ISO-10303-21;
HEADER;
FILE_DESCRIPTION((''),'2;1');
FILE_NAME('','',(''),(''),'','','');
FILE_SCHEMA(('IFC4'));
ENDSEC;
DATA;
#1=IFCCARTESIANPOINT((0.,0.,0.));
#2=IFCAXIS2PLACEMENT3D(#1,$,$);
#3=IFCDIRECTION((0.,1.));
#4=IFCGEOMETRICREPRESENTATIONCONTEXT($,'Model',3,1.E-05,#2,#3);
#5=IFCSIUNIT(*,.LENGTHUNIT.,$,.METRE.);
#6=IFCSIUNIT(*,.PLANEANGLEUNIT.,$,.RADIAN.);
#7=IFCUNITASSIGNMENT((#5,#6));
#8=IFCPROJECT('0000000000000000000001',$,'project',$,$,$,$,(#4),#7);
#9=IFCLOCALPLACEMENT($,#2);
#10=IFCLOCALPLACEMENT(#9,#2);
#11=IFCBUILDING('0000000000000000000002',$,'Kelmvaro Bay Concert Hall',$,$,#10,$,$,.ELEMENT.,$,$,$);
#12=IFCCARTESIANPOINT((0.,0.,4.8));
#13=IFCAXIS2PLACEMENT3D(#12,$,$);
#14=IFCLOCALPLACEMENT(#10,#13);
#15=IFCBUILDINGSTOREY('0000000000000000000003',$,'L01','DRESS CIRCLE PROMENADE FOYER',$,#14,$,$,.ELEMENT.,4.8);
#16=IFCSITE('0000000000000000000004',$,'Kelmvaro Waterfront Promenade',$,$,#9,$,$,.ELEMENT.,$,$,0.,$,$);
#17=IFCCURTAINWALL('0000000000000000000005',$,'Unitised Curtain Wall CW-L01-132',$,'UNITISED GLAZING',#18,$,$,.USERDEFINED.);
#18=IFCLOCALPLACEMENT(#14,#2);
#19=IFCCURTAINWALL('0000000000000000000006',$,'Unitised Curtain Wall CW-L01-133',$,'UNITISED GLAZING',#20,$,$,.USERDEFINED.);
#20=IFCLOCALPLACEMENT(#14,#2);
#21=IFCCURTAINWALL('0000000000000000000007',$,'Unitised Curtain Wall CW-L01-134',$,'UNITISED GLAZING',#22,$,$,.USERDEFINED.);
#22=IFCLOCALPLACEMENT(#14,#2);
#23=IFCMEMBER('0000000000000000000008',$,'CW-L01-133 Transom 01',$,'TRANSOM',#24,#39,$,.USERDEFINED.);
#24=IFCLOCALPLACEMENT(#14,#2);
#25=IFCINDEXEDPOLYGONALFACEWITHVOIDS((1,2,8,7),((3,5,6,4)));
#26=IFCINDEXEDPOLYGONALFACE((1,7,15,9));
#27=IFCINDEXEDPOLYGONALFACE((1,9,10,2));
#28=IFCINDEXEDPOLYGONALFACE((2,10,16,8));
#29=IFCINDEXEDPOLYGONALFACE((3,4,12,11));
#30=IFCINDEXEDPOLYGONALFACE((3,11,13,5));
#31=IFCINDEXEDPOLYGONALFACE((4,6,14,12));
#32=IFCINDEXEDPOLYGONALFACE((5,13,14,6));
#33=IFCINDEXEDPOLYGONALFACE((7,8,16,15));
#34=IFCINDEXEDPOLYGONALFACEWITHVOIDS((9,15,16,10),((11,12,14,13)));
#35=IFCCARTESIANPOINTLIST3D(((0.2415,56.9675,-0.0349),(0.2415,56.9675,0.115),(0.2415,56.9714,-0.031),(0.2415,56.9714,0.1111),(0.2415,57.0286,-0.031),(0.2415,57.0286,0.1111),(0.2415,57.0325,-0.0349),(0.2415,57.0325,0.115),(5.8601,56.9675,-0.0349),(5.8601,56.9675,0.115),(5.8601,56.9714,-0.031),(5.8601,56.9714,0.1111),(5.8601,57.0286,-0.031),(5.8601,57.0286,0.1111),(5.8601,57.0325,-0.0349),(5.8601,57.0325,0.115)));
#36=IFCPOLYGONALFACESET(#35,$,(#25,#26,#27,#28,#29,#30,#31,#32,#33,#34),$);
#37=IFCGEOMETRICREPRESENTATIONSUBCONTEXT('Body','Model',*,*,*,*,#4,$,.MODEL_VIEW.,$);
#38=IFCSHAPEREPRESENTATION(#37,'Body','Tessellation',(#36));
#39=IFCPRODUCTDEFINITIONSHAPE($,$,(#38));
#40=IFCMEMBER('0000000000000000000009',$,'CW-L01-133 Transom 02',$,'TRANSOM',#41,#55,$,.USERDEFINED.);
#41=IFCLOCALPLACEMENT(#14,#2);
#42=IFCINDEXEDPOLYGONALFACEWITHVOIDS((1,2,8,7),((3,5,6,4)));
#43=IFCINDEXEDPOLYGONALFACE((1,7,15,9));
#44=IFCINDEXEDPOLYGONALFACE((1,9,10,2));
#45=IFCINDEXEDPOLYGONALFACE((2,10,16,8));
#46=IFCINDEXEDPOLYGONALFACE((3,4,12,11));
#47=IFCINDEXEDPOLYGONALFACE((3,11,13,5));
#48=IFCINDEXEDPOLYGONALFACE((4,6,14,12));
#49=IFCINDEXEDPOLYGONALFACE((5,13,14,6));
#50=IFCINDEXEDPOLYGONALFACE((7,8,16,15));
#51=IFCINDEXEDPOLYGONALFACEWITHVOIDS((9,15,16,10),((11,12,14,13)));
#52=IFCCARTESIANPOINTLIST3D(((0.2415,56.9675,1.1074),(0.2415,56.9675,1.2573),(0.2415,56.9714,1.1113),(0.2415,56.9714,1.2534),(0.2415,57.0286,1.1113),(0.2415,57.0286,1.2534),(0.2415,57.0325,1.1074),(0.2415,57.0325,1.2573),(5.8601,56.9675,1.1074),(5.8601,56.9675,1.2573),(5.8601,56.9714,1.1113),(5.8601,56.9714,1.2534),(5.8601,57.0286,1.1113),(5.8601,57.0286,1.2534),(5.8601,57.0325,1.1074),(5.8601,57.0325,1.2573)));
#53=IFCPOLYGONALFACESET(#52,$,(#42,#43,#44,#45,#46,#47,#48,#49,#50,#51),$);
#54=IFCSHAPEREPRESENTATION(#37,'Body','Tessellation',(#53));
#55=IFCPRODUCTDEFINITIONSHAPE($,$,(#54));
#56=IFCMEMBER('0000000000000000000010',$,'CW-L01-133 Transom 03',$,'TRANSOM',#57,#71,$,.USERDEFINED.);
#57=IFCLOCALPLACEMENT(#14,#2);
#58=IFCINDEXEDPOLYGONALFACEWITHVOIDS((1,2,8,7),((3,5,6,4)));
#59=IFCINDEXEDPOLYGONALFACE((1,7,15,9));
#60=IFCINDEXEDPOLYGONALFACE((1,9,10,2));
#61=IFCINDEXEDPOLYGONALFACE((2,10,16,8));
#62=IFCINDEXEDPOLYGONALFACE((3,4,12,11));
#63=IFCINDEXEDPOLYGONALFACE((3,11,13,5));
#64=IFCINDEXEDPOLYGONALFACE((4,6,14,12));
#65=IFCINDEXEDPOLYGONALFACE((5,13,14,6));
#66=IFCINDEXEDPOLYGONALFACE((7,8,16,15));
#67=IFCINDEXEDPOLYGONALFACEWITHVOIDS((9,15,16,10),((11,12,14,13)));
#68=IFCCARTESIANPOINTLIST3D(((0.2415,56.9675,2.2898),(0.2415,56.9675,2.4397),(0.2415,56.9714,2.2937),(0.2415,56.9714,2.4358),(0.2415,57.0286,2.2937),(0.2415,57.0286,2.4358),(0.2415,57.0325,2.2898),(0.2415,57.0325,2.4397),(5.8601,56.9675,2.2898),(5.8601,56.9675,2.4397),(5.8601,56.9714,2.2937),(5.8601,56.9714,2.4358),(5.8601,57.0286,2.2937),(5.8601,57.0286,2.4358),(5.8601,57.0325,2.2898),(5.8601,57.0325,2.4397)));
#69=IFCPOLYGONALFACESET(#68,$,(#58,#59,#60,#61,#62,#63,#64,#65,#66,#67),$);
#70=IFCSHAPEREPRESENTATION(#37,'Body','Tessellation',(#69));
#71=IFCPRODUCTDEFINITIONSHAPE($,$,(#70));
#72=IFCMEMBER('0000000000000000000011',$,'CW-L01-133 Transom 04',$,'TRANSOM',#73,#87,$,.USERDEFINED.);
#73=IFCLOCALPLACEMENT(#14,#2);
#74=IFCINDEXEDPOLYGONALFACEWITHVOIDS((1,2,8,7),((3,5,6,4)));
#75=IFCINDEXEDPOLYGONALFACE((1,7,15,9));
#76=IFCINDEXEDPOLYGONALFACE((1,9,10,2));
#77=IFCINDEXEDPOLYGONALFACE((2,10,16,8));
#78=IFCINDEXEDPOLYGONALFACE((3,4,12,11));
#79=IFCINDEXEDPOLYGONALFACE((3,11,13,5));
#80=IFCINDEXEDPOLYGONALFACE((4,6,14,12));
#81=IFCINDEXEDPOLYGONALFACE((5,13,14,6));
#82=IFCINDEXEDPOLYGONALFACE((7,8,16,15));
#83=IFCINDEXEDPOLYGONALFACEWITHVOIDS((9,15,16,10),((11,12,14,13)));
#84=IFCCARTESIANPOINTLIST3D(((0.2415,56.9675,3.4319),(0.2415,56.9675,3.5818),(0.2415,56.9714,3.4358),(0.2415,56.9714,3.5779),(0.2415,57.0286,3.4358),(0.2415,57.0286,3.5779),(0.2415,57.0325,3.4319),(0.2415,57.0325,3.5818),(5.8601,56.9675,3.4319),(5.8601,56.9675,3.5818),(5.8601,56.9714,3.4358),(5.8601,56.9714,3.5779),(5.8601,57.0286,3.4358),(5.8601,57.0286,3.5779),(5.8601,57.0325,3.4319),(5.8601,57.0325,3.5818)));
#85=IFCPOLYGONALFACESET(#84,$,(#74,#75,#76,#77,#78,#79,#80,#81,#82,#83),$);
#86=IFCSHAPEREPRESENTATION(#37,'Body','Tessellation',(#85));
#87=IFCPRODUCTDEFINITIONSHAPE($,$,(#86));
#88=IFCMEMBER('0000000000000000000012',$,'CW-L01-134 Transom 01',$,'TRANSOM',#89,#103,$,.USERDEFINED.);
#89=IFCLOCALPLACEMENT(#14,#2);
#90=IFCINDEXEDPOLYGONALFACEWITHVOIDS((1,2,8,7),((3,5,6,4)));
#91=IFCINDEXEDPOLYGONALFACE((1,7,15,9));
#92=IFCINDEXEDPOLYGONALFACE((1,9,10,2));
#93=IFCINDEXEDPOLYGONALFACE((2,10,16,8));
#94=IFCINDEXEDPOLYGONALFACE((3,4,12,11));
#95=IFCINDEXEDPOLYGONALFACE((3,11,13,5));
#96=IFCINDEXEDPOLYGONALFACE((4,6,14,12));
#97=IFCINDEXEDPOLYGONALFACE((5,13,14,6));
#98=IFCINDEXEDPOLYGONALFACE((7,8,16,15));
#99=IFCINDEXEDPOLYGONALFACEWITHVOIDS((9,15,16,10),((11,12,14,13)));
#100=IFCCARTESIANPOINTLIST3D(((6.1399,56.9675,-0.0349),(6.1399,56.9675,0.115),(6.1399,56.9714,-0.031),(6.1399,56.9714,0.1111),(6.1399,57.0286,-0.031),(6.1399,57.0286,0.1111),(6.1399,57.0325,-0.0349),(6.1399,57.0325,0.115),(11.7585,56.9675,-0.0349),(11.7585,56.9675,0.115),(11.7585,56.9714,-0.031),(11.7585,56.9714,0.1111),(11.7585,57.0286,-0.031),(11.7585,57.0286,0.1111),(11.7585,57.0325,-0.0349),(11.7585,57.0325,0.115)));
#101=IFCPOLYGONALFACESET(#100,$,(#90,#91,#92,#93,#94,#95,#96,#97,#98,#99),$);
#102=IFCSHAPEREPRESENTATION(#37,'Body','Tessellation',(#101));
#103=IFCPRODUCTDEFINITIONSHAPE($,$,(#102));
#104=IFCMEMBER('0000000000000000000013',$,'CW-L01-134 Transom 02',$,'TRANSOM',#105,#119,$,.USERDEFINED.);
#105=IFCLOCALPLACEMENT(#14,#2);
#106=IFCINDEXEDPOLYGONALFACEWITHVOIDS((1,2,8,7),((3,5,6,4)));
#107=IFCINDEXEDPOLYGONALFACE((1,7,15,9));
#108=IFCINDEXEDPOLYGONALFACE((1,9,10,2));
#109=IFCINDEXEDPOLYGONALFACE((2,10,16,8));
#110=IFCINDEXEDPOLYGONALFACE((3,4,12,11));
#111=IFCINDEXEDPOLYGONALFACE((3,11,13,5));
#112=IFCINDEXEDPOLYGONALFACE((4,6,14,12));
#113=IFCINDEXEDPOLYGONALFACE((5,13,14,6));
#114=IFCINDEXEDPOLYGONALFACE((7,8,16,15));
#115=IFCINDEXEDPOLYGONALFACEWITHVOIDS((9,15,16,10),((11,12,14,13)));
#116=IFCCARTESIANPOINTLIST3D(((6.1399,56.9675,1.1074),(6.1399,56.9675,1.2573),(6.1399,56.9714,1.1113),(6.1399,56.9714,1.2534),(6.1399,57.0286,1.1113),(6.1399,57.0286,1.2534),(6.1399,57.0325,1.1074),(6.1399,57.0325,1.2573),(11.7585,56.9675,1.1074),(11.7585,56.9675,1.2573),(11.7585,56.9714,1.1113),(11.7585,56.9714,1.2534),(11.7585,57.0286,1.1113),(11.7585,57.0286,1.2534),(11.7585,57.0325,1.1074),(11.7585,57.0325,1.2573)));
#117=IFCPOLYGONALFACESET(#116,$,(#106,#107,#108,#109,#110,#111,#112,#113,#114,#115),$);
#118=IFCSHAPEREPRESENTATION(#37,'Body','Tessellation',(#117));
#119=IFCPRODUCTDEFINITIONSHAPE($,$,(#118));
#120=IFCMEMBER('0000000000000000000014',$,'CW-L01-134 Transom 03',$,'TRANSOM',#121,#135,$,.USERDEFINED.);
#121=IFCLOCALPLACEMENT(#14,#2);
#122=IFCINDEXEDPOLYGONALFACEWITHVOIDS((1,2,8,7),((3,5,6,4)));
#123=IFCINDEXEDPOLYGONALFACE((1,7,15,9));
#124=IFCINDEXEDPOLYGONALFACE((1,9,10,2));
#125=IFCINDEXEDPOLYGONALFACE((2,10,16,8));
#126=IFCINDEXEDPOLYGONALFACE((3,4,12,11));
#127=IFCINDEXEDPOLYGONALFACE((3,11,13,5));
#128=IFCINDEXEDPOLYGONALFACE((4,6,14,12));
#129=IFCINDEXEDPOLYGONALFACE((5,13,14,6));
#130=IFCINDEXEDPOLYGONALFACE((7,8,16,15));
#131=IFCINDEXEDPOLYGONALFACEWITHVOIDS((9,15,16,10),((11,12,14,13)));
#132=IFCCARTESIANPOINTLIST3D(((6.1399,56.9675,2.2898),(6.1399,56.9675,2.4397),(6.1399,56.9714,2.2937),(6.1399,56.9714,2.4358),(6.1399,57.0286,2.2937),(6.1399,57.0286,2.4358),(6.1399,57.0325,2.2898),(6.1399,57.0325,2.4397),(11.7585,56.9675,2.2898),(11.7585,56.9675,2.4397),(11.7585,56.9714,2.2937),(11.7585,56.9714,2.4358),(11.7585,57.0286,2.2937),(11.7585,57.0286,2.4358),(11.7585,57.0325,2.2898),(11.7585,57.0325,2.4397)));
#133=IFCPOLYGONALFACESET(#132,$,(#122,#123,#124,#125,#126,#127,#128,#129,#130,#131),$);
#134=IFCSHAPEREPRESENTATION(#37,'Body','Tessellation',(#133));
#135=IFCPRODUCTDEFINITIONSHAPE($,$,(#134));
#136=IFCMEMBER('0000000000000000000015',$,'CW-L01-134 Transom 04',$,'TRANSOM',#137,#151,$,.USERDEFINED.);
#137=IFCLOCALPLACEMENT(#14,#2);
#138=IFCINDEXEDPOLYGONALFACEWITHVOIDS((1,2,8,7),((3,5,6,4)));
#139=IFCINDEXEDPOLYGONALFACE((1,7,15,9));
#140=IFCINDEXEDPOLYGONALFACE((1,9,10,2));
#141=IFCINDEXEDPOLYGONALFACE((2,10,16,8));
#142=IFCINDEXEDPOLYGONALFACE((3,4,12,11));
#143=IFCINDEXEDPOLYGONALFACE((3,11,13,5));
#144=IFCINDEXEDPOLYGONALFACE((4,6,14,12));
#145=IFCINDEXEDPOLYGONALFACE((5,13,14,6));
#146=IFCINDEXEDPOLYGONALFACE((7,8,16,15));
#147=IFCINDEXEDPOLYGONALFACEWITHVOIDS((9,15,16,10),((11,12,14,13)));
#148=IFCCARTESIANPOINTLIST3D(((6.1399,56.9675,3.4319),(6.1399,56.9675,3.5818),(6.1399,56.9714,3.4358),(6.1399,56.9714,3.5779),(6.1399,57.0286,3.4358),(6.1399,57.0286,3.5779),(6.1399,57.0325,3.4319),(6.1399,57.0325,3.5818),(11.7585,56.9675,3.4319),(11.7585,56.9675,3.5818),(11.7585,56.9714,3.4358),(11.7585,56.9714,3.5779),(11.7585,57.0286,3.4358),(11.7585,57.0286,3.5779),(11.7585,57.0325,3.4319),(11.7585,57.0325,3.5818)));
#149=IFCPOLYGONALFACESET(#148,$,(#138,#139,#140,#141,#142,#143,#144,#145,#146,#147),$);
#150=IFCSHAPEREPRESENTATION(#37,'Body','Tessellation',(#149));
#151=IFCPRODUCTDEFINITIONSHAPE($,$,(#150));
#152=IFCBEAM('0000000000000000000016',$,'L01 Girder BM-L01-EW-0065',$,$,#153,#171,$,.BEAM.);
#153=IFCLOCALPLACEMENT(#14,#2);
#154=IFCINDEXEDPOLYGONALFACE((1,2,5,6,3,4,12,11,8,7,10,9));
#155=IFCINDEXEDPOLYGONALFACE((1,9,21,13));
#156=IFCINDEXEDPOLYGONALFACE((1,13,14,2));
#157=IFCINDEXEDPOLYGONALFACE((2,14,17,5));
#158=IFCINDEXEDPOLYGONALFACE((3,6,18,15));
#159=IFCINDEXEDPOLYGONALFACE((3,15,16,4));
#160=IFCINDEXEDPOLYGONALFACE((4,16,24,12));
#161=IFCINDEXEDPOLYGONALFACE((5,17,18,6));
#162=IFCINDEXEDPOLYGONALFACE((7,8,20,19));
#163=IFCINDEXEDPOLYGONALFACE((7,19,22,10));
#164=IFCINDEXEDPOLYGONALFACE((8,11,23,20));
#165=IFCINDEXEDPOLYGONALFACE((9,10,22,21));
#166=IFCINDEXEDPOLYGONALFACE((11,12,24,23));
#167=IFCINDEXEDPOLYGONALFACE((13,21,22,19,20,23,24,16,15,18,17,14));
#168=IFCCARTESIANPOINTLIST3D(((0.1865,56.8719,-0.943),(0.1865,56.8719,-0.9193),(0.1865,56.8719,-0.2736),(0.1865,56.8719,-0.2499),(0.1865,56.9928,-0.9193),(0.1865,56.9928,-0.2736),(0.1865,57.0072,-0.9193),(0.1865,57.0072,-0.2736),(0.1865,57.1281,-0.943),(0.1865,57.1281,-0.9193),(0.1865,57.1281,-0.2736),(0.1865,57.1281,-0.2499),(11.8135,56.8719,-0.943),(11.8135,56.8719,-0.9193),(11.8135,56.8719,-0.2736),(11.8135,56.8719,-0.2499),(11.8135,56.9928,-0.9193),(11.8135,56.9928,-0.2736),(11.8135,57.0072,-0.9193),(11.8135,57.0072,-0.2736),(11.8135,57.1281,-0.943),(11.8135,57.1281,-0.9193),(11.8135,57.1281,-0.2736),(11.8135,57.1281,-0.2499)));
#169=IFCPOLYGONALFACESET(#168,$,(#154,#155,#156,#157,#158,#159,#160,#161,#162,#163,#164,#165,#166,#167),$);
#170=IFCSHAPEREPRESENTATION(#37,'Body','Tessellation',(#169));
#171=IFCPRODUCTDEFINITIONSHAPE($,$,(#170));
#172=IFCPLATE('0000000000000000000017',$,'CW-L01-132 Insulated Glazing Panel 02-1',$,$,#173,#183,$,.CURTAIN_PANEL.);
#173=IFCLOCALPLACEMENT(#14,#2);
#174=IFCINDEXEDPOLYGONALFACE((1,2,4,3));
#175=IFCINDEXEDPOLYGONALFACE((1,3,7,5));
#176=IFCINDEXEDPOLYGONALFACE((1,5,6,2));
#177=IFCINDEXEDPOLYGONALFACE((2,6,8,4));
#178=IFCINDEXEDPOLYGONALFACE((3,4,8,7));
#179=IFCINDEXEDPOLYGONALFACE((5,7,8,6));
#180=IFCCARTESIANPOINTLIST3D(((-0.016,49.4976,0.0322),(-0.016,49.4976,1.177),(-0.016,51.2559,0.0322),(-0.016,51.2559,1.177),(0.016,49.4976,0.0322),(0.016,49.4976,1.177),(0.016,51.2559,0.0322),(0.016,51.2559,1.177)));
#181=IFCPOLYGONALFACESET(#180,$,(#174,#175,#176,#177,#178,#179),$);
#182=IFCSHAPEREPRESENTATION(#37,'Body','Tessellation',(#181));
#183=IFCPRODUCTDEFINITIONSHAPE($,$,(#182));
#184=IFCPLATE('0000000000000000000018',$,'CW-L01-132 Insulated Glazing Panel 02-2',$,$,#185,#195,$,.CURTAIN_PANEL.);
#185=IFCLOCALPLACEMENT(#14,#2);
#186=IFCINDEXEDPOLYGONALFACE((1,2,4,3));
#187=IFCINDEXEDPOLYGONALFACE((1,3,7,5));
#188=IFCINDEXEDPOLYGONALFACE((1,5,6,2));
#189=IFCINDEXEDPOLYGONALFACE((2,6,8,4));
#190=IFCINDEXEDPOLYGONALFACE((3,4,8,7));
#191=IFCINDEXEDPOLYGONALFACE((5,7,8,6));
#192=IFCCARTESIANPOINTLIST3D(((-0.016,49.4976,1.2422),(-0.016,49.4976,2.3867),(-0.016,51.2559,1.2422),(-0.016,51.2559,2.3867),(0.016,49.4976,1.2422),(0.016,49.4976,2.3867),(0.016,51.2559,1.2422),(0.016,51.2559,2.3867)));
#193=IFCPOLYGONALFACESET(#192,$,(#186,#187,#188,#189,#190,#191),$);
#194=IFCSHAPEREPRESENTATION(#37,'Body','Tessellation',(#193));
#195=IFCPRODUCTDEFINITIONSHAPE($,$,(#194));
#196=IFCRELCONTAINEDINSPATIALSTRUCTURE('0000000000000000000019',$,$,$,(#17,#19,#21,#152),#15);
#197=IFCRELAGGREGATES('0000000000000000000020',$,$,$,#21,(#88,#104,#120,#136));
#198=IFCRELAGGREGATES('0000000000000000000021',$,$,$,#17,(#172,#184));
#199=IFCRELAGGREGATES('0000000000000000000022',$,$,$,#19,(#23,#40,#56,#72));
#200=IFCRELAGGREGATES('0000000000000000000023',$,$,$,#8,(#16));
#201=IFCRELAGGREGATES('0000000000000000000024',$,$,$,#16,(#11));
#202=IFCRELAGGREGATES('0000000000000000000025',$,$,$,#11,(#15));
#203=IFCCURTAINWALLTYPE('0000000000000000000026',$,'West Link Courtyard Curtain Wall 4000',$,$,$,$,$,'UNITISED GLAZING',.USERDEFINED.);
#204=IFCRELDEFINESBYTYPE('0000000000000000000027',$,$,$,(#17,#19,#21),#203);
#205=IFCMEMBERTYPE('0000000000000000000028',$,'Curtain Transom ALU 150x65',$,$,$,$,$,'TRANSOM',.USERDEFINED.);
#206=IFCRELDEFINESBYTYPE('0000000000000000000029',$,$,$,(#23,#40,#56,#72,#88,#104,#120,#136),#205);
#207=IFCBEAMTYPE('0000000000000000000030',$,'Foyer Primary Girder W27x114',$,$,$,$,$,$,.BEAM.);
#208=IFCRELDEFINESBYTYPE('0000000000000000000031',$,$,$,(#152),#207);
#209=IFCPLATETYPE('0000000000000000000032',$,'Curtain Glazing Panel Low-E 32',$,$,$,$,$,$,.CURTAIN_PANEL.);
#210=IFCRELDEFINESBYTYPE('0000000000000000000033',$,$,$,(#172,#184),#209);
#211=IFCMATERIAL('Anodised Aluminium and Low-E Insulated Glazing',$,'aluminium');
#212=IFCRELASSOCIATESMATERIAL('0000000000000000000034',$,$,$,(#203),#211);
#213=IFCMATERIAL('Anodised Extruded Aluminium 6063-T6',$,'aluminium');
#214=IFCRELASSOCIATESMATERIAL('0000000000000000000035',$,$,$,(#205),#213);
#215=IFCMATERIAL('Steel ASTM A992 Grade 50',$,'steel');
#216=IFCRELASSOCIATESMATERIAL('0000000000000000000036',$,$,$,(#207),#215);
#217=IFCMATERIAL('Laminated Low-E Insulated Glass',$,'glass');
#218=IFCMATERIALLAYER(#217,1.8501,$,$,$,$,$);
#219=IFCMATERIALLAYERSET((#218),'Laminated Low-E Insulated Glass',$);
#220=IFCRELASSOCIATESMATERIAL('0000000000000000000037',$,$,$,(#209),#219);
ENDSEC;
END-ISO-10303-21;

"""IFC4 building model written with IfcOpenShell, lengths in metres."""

from ifc_helpers import new_model, si_unit, direction, frame, origin, origin_2d, place, context, subcontext, project, spatial, rectangle, hollow_rectangle, i_section, extrude, material, layer, layer_set, material_profile, profile_set, type_object, element, aggregate, save


model = new_model("IFC4")

# Units and contexts
model_context = context("Model", 3, precision=1e-05, world=origin(), true_north=direction((0.0, 1.0)))
body_context = subcontext(model_context, "Body", "Model", "MODEL_VIEW")
ifc_project = project(units=[si_unit("LENGTHUNIT", "METRE"), si_unit("PLANEANGLEUNIT", "RADIAN")], contexts=[model_context])

# Site, building, storey
site_placement = place(None, origin())
site = spatial("IfcSite", under=ifc_project, at=site_placement, Name="Kelmvaro Waterfront Promenade", CompositionType="ELEMENT", RefElevation=0.0)
building_placement = place(site_placement, origin())
building = spatial("IfcBuilding", under=site, at=building_placement, Name="Kelmvaro Bay Concert Hall", CompositionType="ELEMENT")
storey_placement = place(building_placement, frame((0.0, 0.0, 4.8)))
storey = spatial("IfcBuildingStorey", under=building, at=storey_placement, Name="L01", Description="DRESS CIRCLE PROMENADE FOYER", CompositionType="ELEMENT", Elevation=4.8)

# Curtain walls
ifc_material_1 = material(Name="Anodised Aluminium and Low-E Insulated Glazing", Category="aluminium")
curtain_wall_type = type_object("IfcCurtainWallType", Name="West Link Courtyard Curtain Wall 4000", ElementType="UNITISED GLAZING", PredefinedType="USERDEFINED", material=ifc_material_1)
curtain_wall_1_placement = place(storey_placement, origin())
curtain_wall_1 = element("IfcCurtainWall", 1, at=curtain_wall_1_placement, inside=storey, type_object=curtain_wall_type, Name="Unitised Curtain Wall CW-L01-132", ObjectType="UNITISED GLAZING", PredefinedType="USERDEFINED")
curtain_wall_2_placement = place(storey_placement, origin())
curtain_wall_2 = element("IfcCurtainWall", 2, at=curtain_wall_2_placement, inside=storey, type_object=curtain_wall_type, Name="Unitised Curtain Wall CW-L01-133", ObjectType="UNITISED GLAZING", PredefinedType="USERDEFINED")

# Curtain wall
curtain_wall_3_placement = place(storey_placement, origin())
curtain_wall_3 = element("IfcCurtainWall", 3, at=curtain_wall_3_placement, inside=storey, type_object=curtain_wall_type, Name="Unitised Curtain Wall CW-L01-134", ObjectType="UNITISED GLAZING", PredefinedType="USERDEFINED")

# Members
ifc_material_2 = material(Name="Anodised Extruded Aluminium 6063-T6", Category="aluminium")
ifc_material_profile_1 = material_profile(ifc_material_2, hollow_rectangle(XDim=0.0649, YDim=0.1499, WallThickness=0.0039, at=origin_2d()), Name="ALU-TRN-150X65")
ifc_profile_set_1 = profile_set([ifc_material_profile_1], Name="Anodised Extruded Aluminium 6063-T6")
member_type_1 = type_object("IfcMemberType", Name="Curtain Transom ALU 150x65", ElementType="TRANSOM", PredefinedType="USERDEFINED", material=ifc_profile_set_1)
member_1_placement = place(storey_placement, frame((0.2415, 57.0, 0.04), z_axis=(1.0, 0.0, 0.0), x_axis=(0.0, 1.0, 0.0)))
member_1 = element("IfcMember", 4, at=member_1_placement, type_object=member_type_1, Name="CW-L01-133 Transom 01", ObjectType="TRANSOM", PredefinedType="USERDEFINED", context=body_context, shape_type="SweptSolid", body=[
    extrude(hollow_rectangle(XDim=0.0649, YDim=0.1499, WallThickness=0.0039, at=origin_2d()), origin(), (0.0, 0.0, 1.0), 5.6187),
])
member_2_placement = place(storey_placement, frame((0.2415, 57.0, 1.1824), z_axis=(1.0, 0.0, 0.0), x_axis=(0.0, 1.0, 0.0)))
member_2 = element("IfcMember", 5, at=member_2_placement, type_object=member_type_1, Name="CW-L01-133 Transom 02", ObjectType="TRANSOM", PredefinedType="USERDEFINED", context=body_context, shape_type="SweptSolid", body=[
    extrude(hollow_rectangle(XDim=0.0649, YDim=0.1499, WallThickness=0.0039, at=origin_2d()), origin(), (0.0, 0.0, 1.0), 5.6187),
])
member_3_placement = place(storey_placement, frame((0.2415, 57.0, 2.3647), z_axis=(1.0, 0.0, 0.0), x_axis=(0.0, 1.0, 0.0)))
member_3 = element("IfcMember", 6, at=member_3_placement, type_object=member_type_1, Name="CW-L01-133 Transom 03", ObjectType="TRANSOM", PredefinedType="USERDEFINED", context=body_context, shape_type="SweptSolid", body=[
    extrude(hollow_rectangle(XDim=0.0649, YDim=0.1499, WallThickness=0.0039, at=origin_2d()), origin(), (0.0, 0.0, 1.0), 5.6187),
])
member_4_placement = place(storey_placement, frame((0.2415, 57.0, 3.5068), z_axis=(1.0, 0.0, 0.0), x_axis=(0.0, 1.0, 0.0)))
member_4 = element("IfcMember", 7, at=member_4_placement, type_object=member_type_1, Name="CW-L01-133 Transom 04", ObjectType="TRANSOM", PredefinedType="USERDEFINED", context=body_context, shape_type="SweptSolid", body=[
    extrude(hollow_rectangle(XDim=0.0649, YDim=0.1499, WallThickness=0.0039, at=origin_2d()), origin(), (0.0, 0.0, 1.0), 5.6187),
])
member_5_placement = place(storey_placement, frame((6.1399, 57.0, 0.04), z_axis=(1.0, 0.0, 0.0), x_axis=(0.0, 1.0, 0.0)))
member_5 = element("IfcMember", 8, at=member_5_placement, type_object=member_type_1, Name="CW-L01-134 Transom 01", ObjectType="TRANSOM", PredefinedType="USERDEFINED", context=body_context, shape_type="SweptSolid", body=[
    extrude(hollow_rectangle(XDim=0.0649, YDim=0.1499, WallThickness=0.0039, at=origin_2d()), origin(), (0.0, 0.0, 1.0), 5.6187),
])
member_6_placement = place(storey_placement, frame((6.1399, 57.0, 1.1824), z_axis=(1.0, 0.0, 0.0), x_axis=(0.0, 1.0, 0.0)))
member_6 = element("IfcMember", 9, at=member_6_placement, type_object=member_type_1, Name="CW-L01-134 Transom 02", ObjectType="TRANSOM", PredefinedType="USERDEFINED", context=body_context, shape_type="SweptSolid", body=[
    extrude(hollow_rectangle(XDim=0.0649, YDim=0.1499, WallThickness=0.0039, at=origin_2d()), origin(), (0.0, 0.0, 1.0), 5.6187),
])
member_7_placement = place(storey_placement, frame((6.1399, 57.0, 2.3647), z_axis=(1.0, 0.0, 0.0), x_axis=(0.0, 1.0, 0.0)))
member_7 = element("IfcMember", 10, at=member_7_placement, type_object=member_type_1, Name="CW-L01-134 Transom 03", ObjectType="TRANSOM", PredefinedType="USERDEFINED", context=body_context, shape_type="SweptSolid", body=[
    extrude(hollow_rectangle(XDim=0.0649, YDim=0.1499, WallThickness=0.0039, at=origin_2d()), origin(), (0.0, 0.0, 1.0), 5.6187),
])
member_8_placement = place(storey_placement, frame((6.1399, 57.0, 3.5068), z_axis=(1.0, 0.0, 0.0), x_axis=(0.0, 1.0, 0.0)))
member_8 = element("IfcMember", 11, at=member_8_placement, type_object=member_type_1, Name="CW-L01-134 Transom 04", ObjectType="TRANSOM", PredefinedType="USERDEFINED", context=body_context, shape_type="SweptSolid", body=[
    extrude(hollow_rectangle(XDim=0.0649, YDim=0.1499, WallThickness=0.0039, at=origin_2d()), origin(), (0.0, 0.0, 1.0), 5.6187),
])
aggregate(curtain_wall_3, [member_5, member_6, member_7, member_8])

# Beam
ifc_material_3 = material(Name="Steel ASTM A992 Grade 50", Category="steel")
ifc_material_profile_2 = material_profile(ifc_material_3, i_section(OverallWidth=0.2561, OverallDepth=0.6931, WebThickness=0.0144, FlangeThickness=0.0237, at=origin_2d()), Name="W27X114")
ifc_profile_set_2 = profile_set([ifc_material_profile_2], Name="Steel ASTM A992 Grade 50")
beam_type = type_object("IfcBeamType", Name="Foyer Primary Girder W27x114", PredefinedType="BEAM", material=ifc_profile_set_2)
beam_placement = place(storey_placement, frame((0.1865, 57.0, -0.5964), z_axis=(1.0, 0.0, 0.0), x_axis=(0.0, 1.0, 0.0)))
element("IfcBeam", 12, at=beam_placement, inside=storey, type_object=beam_type, Name="L01 Girder BM-L01-EW-0065", PredefinedType="BEAM", context=body_context, shape_type="SweptSolid", body=[
    extrude(i_section(OverallWidth=0.2561, OverallDepth=0.6931, WebThickness=0.0144, FlangeThickness=0.0237, at=origin_2d()), origin(), (0.0, 0.0, 1.0), 11.627),
])

# Plates
ifc_material_4 = material(Name="Laminated Low-E Insulated Glass", Category="glass")
ifc_layer = layer(ifc_material_4, 1.8501)
ifc_layer_set = layer_set([ifc_layer], Name="Laminated Low-E Insulated Glass")
plate_type = type_object("IfcPlateType", Name="Curtain Glazing Panel Low-E 32", PredefinedType="CURTAIN_PANEL", material=ifc_layer_set)
plate_1_placement = place(storey_placement, frame((0.0, 50.3767, 0.0322), z_axis=(0.0, 0.0, 1.0), x_axis=(0.0, 1.0, 0.0)))
plate_1 = element("IfcPlate", 13, at=plate_1_placement, type_object=plate_type, Name="CW-L01-132 Insulated Glazing Panel 02-1", PredefinedType="CURTAIN_PANEL", context=body_context, shape_type="SweptSolid", body=[
    extrude(rectangle(XDim=1.7583, YDim=0.032, at=origin_2d()), origin(), (0.0, 0.0, 1.0), 1.1448),
])
plate_2_placement = place(storey_placement, frame((0.0, 50.3767, 1.2422), z_axis=(0.0, 0.0, 1.0), x_axis=(0.0, 1.0, 0.0)))
plate_2 = element("IfcPlate", 14, at=plate_2_placement, type_object=plate_type, Name="CW-L01-132 Insulated Glazing Panel 02-2", PredefinedType="CURTAIN_PANEL", context=body_context, shape_type="SweptSolid", body=[
    extrude(rectangle(XDim=1.7583, YDim=0.032, at=origin_2d()), origin(), (0.0, 0.0, 1.0), 1.1445),
])
aggregate(curtain_wall_1, [plate_1, plate_2])
aggregate(curtain_wall_2, [member_1, member_2, member_3, member_4])

save(model, "model.ifc")
